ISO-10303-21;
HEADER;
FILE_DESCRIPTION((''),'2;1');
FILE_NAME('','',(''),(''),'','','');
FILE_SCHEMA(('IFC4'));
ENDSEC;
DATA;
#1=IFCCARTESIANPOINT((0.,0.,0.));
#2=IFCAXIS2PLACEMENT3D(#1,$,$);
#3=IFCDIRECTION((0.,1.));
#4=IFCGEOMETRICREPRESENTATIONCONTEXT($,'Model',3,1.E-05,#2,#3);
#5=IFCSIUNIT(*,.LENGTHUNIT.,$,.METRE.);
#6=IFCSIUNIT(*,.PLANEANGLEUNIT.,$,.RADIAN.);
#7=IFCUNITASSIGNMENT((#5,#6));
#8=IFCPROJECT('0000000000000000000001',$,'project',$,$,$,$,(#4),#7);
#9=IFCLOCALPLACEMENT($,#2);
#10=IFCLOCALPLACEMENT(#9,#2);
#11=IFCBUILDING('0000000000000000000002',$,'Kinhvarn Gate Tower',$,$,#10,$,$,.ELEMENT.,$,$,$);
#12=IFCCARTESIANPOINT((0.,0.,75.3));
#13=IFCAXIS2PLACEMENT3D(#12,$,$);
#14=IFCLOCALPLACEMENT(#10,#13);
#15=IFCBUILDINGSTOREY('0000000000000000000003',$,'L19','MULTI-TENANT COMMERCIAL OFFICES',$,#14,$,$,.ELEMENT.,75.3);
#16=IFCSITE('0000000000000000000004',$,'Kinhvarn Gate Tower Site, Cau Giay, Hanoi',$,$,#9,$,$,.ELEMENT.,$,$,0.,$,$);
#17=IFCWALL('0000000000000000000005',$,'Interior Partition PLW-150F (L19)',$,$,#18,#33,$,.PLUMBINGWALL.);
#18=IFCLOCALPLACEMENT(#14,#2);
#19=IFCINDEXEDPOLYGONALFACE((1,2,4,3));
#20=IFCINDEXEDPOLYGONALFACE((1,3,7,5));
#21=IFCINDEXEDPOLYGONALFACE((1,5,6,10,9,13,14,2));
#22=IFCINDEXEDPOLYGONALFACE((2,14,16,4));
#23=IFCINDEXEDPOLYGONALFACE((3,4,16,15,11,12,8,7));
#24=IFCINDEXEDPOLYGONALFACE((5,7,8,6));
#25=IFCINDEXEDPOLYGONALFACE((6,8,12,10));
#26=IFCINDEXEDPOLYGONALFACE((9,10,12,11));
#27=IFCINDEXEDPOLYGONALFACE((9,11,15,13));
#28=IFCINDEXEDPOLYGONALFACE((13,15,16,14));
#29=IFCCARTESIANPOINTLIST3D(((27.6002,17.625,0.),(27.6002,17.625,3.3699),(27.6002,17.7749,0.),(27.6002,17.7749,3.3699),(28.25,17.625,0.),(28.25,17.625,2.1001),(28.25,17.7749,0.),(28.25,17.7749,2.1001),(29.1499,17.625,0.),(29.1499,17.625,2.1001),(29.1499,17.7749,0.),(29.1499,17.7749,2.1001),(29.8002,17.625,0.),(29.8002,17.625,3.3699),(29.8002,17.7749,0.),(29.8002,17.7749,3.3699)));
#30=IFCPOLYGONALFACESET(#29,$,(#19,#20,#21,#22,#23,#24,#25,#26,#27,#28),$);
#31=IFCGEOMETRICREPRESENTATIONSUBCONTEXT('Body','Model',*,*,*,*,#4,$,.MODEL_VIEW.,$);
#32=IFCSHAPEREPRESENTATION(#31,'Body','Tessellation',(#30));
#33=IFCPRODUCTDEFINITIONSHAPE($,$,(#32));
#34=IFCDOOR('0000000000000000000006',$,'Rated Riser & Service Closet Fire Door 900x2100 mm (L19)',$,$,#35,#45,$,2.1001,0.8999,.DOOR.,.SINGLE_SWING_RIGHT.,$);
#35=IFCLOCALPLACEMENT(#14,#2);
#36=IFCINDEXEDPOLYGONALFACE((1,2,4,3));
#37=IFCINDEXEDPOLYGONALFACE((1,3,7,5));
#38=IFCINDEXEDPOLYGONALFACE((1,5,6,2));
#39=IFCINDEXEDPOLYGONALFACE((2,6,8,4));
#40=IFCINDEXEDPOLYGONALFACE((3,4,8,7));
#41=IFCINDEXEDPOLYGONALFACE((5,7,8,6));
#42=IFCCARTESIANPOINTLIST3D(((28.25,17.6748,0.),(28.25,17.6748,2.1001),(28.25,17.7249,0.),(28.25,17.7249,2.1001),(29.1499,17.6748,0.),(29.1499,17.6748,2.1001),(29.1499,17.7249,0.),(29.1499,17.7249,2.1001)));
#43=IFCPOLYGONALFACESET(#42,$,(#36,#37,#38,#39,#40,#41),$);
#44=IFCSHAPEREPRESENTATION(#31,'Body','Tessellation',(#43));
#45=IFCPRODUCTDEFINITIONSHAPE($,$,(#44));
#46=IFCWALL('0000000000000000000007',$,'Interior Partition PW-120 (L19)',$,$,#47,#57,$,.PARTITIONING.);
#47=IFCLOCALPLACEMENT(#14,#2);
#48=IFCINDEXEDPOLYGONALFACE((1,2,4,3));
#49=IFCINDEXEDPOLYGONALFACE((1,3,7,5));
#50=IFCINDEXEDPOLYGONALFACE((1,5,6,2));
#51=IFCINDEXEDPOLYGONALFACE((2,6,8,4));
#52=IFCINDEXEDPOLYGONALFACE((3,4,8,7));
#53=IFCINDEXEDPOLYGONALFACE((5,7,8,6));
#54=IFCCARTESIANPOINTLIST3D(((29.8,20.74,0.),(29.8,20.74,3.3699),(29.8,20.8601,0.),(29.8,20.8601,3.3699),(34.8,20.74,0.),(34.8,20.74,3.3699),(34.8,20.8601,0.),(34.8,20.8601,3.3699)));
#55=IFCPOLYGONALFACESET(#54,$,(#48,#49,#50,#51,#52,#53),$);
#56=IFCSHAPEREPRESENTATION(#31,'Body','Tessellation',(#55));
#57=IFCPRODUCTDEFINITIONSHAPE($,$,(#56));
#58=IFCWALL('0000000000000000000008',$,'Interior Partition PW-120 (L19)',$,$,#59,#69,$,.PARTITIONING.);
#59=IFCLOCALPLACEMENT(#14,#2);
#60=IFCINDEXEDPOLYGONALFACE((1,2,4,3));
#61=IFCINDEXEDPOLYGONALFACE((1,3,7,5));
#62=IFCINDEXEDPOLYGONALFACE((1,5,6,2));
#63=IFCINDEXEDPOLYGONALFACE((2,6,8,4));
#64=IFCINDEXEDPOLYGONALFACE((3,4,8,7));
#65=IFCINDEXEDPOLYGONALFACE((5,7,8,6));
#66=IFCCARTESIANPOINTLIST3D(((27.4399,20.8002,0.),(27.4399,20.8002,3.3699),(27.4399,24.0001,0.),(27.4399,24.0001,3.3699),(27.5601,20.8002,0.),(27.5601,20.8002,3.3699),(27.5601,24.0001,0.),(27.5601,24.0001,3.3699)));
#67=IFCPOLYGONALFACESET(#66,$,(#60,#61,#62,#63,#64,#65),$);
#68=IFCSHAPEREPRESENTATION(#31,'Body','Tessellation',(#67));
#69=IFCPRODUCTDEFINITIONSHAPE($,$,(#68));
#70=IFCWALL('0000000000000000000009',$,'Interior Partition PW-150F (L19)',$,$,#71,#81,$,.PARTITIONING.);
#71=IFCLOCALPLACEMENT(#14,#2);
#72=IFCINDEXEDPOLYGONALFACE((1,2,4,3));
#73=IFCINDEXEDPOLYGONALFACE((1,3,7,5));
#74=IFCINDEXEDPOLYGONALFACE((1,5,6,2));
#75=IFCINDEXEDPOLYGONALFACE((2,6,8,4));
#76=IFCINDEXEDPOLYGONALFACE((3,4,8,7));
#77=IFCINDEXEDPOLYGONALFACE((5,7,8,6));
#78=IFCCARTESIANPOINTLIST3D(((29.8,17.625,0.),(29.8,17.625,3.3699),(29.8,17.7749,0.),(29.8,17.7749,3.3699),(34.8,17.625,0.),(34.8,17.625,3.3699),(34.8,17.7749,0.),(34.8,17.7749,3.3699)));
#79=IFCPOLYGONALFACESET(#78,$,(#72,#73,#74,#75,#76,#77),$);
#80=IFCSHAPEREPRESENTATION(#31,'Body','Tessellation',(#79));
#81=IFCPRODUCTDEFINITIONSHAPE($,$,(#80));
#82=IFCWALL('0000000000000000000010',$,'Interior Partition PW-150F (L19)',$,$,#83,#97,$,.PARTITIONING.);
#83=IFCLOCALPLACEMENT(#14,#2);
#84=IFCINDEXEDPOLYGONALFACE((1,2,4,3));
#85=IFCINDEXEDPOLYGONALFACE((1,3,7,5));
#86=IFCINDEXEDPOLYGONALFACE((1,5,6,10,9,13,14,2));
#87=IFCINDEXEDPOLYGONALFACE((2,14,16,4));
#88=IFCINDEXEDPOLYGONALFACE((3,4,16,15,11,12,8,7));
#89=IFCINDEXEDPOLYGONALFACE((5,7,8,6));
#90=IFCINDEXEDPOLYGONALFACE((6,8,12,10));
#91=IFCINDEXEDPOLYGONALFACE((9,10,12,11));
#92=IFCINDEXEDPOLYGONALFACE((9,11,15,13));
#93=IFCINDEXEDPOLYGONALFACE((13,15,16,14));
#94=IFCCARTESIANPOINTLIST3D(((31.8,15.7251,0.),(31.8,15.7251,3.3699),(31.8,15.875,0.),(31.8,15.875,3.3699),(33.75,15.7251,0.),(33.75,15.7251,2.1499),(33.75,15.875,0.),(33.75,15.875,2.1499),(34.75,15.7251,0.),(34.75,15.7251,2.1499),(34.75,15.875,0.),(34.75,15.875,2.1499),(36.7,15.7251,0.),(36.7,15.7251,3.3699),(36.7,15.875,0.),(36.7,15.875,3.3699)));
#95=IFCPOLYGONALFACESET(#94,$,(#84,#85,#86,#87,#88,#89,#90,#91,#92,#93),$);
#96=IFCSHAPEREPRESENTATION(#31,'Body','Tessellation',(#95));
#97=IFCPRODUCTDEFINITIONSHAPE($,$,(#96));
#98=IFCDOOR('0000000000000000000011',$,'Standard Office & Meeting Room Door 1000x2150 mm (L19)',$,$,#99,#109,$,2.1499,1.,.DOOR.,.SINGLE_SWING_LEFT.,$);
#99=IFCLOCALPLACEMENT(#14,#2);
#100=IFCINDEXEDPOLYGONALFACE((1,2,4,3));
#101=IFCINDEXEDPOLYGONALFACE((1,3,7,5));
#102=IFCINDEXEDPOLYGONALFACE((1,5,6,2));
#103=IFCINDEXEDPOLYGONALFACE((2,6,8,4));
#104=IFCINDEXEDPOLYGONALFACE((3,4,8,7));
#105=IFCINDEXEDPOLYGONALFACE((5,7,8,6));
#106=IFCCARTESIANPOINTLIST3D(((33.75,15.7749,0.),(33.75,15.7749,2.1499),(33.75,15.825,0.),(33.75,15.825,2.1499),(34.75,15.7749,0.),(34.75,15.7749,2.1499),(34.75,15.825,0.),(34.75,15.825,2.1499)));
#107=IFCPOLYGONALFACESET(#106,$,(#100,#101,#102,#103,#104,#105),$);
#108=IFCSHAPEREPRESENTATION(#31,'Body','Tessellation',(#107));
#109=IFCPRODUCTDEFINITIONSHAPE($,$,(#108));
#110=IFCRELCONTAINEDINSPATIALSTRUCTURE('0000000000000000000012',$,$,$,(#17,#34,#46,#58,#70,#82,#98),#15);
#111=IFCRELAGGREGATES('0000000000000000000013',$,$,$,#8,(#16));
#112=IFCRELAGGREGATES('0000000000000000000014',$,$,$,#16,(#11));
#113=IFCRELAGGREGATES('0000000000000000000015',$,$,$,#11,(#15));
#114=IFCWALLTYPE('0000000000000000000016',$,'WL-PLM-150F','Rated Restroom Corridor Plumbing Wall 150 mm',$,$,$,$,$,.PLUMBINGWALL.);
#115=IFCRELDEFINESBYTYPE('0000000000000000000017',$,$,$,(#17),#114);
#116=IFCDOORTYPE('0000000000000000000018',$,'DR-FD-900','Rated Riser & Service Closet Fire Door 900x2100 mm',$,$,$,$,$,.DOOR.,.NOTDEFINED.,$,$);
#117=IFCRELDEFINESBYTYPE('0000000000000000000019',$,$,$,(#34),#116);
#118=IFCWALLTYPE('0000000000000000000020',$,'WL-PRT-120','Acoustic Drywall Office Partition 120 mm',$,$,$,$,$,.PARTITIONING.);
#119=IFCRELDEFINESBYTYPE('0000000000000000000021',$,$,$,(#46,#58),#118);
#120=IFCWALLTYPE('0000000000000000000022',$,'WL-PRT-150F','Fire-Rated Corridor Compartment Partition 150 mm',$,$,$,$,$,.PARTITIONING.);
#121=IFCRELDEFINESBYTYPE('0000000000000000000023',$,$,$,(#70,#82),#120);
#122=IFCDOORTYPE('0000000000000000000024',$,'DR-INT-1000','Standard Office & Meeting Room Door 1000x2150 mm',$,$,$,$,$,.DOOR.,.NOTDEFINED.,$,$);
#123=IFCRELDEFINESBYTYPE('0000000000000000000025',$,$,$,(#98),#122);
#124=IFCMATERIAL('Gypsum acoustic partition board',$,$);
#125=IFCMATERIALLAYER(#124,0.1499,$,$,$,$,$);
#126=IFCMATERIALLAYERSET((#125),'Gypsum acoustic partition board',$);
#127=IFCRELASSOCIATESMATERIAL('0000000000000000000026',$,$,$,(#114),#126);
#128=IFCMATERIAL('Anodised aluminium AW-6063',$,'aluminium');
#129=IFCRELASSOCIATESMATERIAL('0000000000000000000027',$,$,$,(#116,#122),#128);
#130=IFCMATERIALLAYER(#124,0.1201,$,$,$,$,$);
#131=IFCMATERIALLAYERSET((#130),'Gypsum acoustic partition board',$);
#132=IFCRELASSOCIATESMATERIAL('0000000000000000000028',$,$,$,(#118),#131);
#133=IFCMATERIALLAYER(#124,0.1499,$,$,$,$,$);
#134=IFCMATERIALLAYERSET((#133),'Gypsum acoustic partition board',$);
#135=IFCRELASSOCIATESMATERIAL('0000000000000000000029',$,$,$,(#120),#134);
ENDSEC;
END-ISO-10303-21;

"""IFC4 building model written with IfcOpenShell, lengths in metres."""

from ifc_helpers import new_model, si_unit, direction, frame, frame_2d, origin, place, context, subcontext, project, spatial, rectangle, extrude, material, layer, layer_set, type_object, element, fill, save


model = new_model("IFC4")

# Units and contexts
model_context = context("Model", 3, precision=1e-05, world=origin(), true_north=direction((0.0, 1.0)))
body_context = subcontext(model_context, "Body", "Model", "MODEL_VIEW")
ifc_project = project(units=[si_unit("LENGTHUNIT", "METRE"), si_unit("PLANEANGLEUNIT", "RADIAN")], contexts=[model_context])

# Site, building, storey
site_placement = place(None, origin())
site = spatial("IfcSite", under=ifc_project, at=site_placement, Name="Kinhvarn Gate Tower Site, Cau Giay, Hanoi", CompositionType="ELEMENT", RefElevation=0.0)
building_placement = place(site_placement, origin())
building = spatial("IfcBuilding", under=site, at=building_placement, Name="Kinhvarn Gate Tower", CompositionType="ELEMENT")
storey_placement = place(building_placement, frame((0.0, 0.0, 75.3)))
storey = spatial("IfcBuildingStorey", under=building, at=storey_placement, Name="L19", Description="MULTI-TENANT COMMERCIAL OFFICES", CompositionType="ELEMENT", Elevation=75.3)

# Shared definitions
ifc_material_1 = material(Name="Gypsum acoustic partition board")

# Wall, opening, door
ifc_layer_1 = layer(ifc_material_1, 0.1499)
ifc_layer_set_1 = layer_set([ifc_layer_1], Name="Gypsum acoustic partition board")
wall_type_1 = type_object("IfcWallType", Name="WL-PLM-150F", Description="Rated Restroom Corridor Plumbing Wall 150 mm", PredefinedType="PLUMBINGWALL", material=ifc_layer_set_1)
wall_1_placement = place(storey_placement, frame((27.6001, 17.7, 0.0), z_axis=(0.0, 0.0, 1.0), x_axis=(1.0, 0.0, 0.0)))
wall_1 = element("IfcWall", 1, at=wall_1_placement, inside=storey, type_object=wall_type_1, Name="Interior Partition PLW-150F (L19)", PredefinedType="PLUMBINGWALL", context=body_context, shape_type="SweptSolid", body=[
    extrude(rectangle(XDim=2.2, YDim=0.1499, at=frame_2d((1.1001, 0.0))), origin(), (0.0, 0.0, 1.0), 3.3699),
])
opening_1_placement = place(wall_1_placement, frame((0.6499, 0.0, 0.0)))
opening_1 = element("IfcOpeningElement", 2, at=opening_1_placement, cuts=wall_1, PredefinedType="OPENING", context=body_context, shape_type="SweptSolid", body=[
    extrude(rectangle(XDim=0.8999, YDim=2.1001, at=frame_2d((0.45, 1.05))), frame((0.0, 0.085, 0.0), z_axis=(0.0, -1.0, 0.0), x_axis=(1.0, 0.0, 0.0)), (0.0, 0.0, 1.0), 0.1699),
])
ifc_material_2 = material(Name="Anodised aluminium AW-6063", Category="aluminium")
door_type_1 = type_object("IfcDoorType", Name="DR-FD-900", Description="Rated Riser & Service Closet Fire Door 900x2100 mm", OperationType="NOTDEFINED", PredefinedType="DOOR", material=ifc_material_2)
door_1_placement = place(opening_1_placement, origin())
door_1 = element("IfcDoor", 3, at=door_1_placement, inside=storey, type_object=door_type_1, Name="Rated Riser & Service Closet Fire Door 900x2100 mm (L19)", OperationType="SINGLE_SWING_RIGHT", OverallHeight=2.1001, OverallWidth=0.8999, PredefinedType="DOOR", context=body_context, shape_type="SweptSolid", body=[
    extrude(rectangle(XDim=0.8999, YDim=2.1001, at=frame_2d((0.45, 1.05))), frame((0.0, 0.0249, 0.0), z_axis=(0.0, -1.0, 0.0), x_axis=(1.0, 0.0, 0.0)), (0.0, 0.0, 1.0), 0.05),
])
fill(opening_1, door_1)

# Walls
ifc_layer_2 = layer(ifc_material_1, 0.1201)
ifc_layer_set_2 = layer_set([ifc_layer_2], Name="Gypsum acoustic partition board")
wall_type_2 = type_object("IfcWallType", Name="WL-PRT-120", Description="Acoustic Drywall Office Partition 120 mm", PredefinedType="PARTITIONING", material=ifc_layer_set_2)
wall_2_placement = place(storey_placement, frame((29.8, 20.8, 0.0), z_axis=(0.0, 0.0, 1.0), x_axis=(1.0, 0.0, 0.0)))
element("IfcWall", 4, at=wall_2_placement, inside=storey, type_object=wall_type_2, Name="Interior Partition PW-120 (L19)", PredefinedType="PARTITIONING", context=body_context, shape_type="SweptSolid", body=[
    extrude(rectangle(XDim=5.0, YDim=0.1201, at=frame_2d((2.5, 0.0))), origin(), (0.0, 0.0, 1.0), 3.3699),
])
wall_3_placement = place(storey_placement, frame((27.5, 20.8, 0.0), z_axis=(0.0, 0.0, 1.0), x_axis=(0.0, 1.0, 0.0)))
element("IfcWall", 5, at=wall_3_placement, inside=storey, type_object=wall_type_2, Name="Interior Partition PW-120 (L19)", PredefinedType="PARTITIONING", context=body_context, shape_type="SweptSolid", body=[
    extrude(rectangle(XDim=3.2, YDim=0.1201, at=frame_2d((1.6001, 0.0))), origin(), (0.0, 0.0, 1.0), 3.3699),
])
ifc_layer_3 = layer(ifc_material_1, 0.1499)
ifc_layer_set_3 = layer_set([ifc_layer_3], Name="Gypsum acoustic partition board")
wall_type_3 = type_object("IfcWallType", Name="WL-PRT-150F", Description="Fire-Rated Corridor Compartment Partition 150 mm", PredefinedType="PARTITIONING", material=ifc_layer_set_3)
wall_4_placement = place(storey_placement, frame((29.8, 17.7, 0.0), z_axis=(0.0, 0.0, 1.0), x_axis=(1.0, 0.0, 0.0)))
element("IfcWall", 6, at=wall_4_placement, inside=storey, type_object=wall_type_3, Name="Interior Partition PW-150F (L19)", PredefinedType="PARTITIONING", context=body_context, shape_type="SweptSolid", body=[
    extrude(rectangle(XDim=5.0, YDim=0.1499, at=frame_2d((2.5, 0.0))), origin(), (0.0, 0.0, 1.0), 3.3699),
])

# Wall, opening, door
door_type_2 = type_object("IfcDoorType", Name="DR-INT-1000", Description="Standard Office & Meeting Room Door 1000x2150 mm", OperationType="NOTDEFINED", PredefinedType="DOOR", material=ifc_material_2)
wall_5_placement = place(storey_placement, frame((31.8, 15.8, 0.0), z_axis=(0.0, 0.0, 1.0), x_axis=(1.0, 0.0, 0.0)))
wall_5 = element("IfcWall", 7, at=wall_5_placement, inside=storey, type_object=wall_type_3, Name="Interior Partition PW-150F (L19)", PredefinedType="PARTITIONING", context=body_context, shape_type="SweptSolid", body=[
    extrude(rectangle(XDim=4.8999, YDim=0.1499, at=frame_2d((2.45, 0.0))), origin(), (0.0, 0.0, 1.0), 3.3699),
])
opening_2_placement = place(wall_5_placement, frame((1.95, 0.0, 0.0)))
opening_2 = element("IfcOpeningElement", 8, at=opening_2_placement, cuts=wall_5, PredefinedType="OPENING", context=body_context, shape_type="SweptSolid", body=[
    extrude(rectangle(XDim=1.0, YDim=2.1499, at=frame_2d((0.5, 1.075))), frame((0.0, 0.085, 0.0), z_axis=(0.0, -1.0, 0.0), x_axis=(1.0, 0.0, 0.0)), (0.0, 0.0, 1.0), 0.1699),
])
door_2_placement = place(opening_2_placement, origin())
door_2 = element("IfcDoor", 9, at=door_2_placement, inside=storey, type_object=door_type_2, Name="Standard Office & Meeting Room Door 1000x2150 mm (L19)", OperationType="SINGLE_SWING_LEFT", OverallHeight=2.1499, OverallWidth=1.0, PredefinedType="DOOR", context=body_context, shape_type="SweptSolid", body=[
    extrude(rectangle(XDim=1.0, YDim=2.1499, at=frame_2d((0.5, 1.075))), frame((0.0, 0.0249, 0.0), z_axis=(0.0, -1.0, 0.0), x_axis=(1.0, 0.0, 0.0)), (0.0, 0.0, 1.0), 0.05),
])
fill(opening_2, door_2)

save(model, "model.ifc")
